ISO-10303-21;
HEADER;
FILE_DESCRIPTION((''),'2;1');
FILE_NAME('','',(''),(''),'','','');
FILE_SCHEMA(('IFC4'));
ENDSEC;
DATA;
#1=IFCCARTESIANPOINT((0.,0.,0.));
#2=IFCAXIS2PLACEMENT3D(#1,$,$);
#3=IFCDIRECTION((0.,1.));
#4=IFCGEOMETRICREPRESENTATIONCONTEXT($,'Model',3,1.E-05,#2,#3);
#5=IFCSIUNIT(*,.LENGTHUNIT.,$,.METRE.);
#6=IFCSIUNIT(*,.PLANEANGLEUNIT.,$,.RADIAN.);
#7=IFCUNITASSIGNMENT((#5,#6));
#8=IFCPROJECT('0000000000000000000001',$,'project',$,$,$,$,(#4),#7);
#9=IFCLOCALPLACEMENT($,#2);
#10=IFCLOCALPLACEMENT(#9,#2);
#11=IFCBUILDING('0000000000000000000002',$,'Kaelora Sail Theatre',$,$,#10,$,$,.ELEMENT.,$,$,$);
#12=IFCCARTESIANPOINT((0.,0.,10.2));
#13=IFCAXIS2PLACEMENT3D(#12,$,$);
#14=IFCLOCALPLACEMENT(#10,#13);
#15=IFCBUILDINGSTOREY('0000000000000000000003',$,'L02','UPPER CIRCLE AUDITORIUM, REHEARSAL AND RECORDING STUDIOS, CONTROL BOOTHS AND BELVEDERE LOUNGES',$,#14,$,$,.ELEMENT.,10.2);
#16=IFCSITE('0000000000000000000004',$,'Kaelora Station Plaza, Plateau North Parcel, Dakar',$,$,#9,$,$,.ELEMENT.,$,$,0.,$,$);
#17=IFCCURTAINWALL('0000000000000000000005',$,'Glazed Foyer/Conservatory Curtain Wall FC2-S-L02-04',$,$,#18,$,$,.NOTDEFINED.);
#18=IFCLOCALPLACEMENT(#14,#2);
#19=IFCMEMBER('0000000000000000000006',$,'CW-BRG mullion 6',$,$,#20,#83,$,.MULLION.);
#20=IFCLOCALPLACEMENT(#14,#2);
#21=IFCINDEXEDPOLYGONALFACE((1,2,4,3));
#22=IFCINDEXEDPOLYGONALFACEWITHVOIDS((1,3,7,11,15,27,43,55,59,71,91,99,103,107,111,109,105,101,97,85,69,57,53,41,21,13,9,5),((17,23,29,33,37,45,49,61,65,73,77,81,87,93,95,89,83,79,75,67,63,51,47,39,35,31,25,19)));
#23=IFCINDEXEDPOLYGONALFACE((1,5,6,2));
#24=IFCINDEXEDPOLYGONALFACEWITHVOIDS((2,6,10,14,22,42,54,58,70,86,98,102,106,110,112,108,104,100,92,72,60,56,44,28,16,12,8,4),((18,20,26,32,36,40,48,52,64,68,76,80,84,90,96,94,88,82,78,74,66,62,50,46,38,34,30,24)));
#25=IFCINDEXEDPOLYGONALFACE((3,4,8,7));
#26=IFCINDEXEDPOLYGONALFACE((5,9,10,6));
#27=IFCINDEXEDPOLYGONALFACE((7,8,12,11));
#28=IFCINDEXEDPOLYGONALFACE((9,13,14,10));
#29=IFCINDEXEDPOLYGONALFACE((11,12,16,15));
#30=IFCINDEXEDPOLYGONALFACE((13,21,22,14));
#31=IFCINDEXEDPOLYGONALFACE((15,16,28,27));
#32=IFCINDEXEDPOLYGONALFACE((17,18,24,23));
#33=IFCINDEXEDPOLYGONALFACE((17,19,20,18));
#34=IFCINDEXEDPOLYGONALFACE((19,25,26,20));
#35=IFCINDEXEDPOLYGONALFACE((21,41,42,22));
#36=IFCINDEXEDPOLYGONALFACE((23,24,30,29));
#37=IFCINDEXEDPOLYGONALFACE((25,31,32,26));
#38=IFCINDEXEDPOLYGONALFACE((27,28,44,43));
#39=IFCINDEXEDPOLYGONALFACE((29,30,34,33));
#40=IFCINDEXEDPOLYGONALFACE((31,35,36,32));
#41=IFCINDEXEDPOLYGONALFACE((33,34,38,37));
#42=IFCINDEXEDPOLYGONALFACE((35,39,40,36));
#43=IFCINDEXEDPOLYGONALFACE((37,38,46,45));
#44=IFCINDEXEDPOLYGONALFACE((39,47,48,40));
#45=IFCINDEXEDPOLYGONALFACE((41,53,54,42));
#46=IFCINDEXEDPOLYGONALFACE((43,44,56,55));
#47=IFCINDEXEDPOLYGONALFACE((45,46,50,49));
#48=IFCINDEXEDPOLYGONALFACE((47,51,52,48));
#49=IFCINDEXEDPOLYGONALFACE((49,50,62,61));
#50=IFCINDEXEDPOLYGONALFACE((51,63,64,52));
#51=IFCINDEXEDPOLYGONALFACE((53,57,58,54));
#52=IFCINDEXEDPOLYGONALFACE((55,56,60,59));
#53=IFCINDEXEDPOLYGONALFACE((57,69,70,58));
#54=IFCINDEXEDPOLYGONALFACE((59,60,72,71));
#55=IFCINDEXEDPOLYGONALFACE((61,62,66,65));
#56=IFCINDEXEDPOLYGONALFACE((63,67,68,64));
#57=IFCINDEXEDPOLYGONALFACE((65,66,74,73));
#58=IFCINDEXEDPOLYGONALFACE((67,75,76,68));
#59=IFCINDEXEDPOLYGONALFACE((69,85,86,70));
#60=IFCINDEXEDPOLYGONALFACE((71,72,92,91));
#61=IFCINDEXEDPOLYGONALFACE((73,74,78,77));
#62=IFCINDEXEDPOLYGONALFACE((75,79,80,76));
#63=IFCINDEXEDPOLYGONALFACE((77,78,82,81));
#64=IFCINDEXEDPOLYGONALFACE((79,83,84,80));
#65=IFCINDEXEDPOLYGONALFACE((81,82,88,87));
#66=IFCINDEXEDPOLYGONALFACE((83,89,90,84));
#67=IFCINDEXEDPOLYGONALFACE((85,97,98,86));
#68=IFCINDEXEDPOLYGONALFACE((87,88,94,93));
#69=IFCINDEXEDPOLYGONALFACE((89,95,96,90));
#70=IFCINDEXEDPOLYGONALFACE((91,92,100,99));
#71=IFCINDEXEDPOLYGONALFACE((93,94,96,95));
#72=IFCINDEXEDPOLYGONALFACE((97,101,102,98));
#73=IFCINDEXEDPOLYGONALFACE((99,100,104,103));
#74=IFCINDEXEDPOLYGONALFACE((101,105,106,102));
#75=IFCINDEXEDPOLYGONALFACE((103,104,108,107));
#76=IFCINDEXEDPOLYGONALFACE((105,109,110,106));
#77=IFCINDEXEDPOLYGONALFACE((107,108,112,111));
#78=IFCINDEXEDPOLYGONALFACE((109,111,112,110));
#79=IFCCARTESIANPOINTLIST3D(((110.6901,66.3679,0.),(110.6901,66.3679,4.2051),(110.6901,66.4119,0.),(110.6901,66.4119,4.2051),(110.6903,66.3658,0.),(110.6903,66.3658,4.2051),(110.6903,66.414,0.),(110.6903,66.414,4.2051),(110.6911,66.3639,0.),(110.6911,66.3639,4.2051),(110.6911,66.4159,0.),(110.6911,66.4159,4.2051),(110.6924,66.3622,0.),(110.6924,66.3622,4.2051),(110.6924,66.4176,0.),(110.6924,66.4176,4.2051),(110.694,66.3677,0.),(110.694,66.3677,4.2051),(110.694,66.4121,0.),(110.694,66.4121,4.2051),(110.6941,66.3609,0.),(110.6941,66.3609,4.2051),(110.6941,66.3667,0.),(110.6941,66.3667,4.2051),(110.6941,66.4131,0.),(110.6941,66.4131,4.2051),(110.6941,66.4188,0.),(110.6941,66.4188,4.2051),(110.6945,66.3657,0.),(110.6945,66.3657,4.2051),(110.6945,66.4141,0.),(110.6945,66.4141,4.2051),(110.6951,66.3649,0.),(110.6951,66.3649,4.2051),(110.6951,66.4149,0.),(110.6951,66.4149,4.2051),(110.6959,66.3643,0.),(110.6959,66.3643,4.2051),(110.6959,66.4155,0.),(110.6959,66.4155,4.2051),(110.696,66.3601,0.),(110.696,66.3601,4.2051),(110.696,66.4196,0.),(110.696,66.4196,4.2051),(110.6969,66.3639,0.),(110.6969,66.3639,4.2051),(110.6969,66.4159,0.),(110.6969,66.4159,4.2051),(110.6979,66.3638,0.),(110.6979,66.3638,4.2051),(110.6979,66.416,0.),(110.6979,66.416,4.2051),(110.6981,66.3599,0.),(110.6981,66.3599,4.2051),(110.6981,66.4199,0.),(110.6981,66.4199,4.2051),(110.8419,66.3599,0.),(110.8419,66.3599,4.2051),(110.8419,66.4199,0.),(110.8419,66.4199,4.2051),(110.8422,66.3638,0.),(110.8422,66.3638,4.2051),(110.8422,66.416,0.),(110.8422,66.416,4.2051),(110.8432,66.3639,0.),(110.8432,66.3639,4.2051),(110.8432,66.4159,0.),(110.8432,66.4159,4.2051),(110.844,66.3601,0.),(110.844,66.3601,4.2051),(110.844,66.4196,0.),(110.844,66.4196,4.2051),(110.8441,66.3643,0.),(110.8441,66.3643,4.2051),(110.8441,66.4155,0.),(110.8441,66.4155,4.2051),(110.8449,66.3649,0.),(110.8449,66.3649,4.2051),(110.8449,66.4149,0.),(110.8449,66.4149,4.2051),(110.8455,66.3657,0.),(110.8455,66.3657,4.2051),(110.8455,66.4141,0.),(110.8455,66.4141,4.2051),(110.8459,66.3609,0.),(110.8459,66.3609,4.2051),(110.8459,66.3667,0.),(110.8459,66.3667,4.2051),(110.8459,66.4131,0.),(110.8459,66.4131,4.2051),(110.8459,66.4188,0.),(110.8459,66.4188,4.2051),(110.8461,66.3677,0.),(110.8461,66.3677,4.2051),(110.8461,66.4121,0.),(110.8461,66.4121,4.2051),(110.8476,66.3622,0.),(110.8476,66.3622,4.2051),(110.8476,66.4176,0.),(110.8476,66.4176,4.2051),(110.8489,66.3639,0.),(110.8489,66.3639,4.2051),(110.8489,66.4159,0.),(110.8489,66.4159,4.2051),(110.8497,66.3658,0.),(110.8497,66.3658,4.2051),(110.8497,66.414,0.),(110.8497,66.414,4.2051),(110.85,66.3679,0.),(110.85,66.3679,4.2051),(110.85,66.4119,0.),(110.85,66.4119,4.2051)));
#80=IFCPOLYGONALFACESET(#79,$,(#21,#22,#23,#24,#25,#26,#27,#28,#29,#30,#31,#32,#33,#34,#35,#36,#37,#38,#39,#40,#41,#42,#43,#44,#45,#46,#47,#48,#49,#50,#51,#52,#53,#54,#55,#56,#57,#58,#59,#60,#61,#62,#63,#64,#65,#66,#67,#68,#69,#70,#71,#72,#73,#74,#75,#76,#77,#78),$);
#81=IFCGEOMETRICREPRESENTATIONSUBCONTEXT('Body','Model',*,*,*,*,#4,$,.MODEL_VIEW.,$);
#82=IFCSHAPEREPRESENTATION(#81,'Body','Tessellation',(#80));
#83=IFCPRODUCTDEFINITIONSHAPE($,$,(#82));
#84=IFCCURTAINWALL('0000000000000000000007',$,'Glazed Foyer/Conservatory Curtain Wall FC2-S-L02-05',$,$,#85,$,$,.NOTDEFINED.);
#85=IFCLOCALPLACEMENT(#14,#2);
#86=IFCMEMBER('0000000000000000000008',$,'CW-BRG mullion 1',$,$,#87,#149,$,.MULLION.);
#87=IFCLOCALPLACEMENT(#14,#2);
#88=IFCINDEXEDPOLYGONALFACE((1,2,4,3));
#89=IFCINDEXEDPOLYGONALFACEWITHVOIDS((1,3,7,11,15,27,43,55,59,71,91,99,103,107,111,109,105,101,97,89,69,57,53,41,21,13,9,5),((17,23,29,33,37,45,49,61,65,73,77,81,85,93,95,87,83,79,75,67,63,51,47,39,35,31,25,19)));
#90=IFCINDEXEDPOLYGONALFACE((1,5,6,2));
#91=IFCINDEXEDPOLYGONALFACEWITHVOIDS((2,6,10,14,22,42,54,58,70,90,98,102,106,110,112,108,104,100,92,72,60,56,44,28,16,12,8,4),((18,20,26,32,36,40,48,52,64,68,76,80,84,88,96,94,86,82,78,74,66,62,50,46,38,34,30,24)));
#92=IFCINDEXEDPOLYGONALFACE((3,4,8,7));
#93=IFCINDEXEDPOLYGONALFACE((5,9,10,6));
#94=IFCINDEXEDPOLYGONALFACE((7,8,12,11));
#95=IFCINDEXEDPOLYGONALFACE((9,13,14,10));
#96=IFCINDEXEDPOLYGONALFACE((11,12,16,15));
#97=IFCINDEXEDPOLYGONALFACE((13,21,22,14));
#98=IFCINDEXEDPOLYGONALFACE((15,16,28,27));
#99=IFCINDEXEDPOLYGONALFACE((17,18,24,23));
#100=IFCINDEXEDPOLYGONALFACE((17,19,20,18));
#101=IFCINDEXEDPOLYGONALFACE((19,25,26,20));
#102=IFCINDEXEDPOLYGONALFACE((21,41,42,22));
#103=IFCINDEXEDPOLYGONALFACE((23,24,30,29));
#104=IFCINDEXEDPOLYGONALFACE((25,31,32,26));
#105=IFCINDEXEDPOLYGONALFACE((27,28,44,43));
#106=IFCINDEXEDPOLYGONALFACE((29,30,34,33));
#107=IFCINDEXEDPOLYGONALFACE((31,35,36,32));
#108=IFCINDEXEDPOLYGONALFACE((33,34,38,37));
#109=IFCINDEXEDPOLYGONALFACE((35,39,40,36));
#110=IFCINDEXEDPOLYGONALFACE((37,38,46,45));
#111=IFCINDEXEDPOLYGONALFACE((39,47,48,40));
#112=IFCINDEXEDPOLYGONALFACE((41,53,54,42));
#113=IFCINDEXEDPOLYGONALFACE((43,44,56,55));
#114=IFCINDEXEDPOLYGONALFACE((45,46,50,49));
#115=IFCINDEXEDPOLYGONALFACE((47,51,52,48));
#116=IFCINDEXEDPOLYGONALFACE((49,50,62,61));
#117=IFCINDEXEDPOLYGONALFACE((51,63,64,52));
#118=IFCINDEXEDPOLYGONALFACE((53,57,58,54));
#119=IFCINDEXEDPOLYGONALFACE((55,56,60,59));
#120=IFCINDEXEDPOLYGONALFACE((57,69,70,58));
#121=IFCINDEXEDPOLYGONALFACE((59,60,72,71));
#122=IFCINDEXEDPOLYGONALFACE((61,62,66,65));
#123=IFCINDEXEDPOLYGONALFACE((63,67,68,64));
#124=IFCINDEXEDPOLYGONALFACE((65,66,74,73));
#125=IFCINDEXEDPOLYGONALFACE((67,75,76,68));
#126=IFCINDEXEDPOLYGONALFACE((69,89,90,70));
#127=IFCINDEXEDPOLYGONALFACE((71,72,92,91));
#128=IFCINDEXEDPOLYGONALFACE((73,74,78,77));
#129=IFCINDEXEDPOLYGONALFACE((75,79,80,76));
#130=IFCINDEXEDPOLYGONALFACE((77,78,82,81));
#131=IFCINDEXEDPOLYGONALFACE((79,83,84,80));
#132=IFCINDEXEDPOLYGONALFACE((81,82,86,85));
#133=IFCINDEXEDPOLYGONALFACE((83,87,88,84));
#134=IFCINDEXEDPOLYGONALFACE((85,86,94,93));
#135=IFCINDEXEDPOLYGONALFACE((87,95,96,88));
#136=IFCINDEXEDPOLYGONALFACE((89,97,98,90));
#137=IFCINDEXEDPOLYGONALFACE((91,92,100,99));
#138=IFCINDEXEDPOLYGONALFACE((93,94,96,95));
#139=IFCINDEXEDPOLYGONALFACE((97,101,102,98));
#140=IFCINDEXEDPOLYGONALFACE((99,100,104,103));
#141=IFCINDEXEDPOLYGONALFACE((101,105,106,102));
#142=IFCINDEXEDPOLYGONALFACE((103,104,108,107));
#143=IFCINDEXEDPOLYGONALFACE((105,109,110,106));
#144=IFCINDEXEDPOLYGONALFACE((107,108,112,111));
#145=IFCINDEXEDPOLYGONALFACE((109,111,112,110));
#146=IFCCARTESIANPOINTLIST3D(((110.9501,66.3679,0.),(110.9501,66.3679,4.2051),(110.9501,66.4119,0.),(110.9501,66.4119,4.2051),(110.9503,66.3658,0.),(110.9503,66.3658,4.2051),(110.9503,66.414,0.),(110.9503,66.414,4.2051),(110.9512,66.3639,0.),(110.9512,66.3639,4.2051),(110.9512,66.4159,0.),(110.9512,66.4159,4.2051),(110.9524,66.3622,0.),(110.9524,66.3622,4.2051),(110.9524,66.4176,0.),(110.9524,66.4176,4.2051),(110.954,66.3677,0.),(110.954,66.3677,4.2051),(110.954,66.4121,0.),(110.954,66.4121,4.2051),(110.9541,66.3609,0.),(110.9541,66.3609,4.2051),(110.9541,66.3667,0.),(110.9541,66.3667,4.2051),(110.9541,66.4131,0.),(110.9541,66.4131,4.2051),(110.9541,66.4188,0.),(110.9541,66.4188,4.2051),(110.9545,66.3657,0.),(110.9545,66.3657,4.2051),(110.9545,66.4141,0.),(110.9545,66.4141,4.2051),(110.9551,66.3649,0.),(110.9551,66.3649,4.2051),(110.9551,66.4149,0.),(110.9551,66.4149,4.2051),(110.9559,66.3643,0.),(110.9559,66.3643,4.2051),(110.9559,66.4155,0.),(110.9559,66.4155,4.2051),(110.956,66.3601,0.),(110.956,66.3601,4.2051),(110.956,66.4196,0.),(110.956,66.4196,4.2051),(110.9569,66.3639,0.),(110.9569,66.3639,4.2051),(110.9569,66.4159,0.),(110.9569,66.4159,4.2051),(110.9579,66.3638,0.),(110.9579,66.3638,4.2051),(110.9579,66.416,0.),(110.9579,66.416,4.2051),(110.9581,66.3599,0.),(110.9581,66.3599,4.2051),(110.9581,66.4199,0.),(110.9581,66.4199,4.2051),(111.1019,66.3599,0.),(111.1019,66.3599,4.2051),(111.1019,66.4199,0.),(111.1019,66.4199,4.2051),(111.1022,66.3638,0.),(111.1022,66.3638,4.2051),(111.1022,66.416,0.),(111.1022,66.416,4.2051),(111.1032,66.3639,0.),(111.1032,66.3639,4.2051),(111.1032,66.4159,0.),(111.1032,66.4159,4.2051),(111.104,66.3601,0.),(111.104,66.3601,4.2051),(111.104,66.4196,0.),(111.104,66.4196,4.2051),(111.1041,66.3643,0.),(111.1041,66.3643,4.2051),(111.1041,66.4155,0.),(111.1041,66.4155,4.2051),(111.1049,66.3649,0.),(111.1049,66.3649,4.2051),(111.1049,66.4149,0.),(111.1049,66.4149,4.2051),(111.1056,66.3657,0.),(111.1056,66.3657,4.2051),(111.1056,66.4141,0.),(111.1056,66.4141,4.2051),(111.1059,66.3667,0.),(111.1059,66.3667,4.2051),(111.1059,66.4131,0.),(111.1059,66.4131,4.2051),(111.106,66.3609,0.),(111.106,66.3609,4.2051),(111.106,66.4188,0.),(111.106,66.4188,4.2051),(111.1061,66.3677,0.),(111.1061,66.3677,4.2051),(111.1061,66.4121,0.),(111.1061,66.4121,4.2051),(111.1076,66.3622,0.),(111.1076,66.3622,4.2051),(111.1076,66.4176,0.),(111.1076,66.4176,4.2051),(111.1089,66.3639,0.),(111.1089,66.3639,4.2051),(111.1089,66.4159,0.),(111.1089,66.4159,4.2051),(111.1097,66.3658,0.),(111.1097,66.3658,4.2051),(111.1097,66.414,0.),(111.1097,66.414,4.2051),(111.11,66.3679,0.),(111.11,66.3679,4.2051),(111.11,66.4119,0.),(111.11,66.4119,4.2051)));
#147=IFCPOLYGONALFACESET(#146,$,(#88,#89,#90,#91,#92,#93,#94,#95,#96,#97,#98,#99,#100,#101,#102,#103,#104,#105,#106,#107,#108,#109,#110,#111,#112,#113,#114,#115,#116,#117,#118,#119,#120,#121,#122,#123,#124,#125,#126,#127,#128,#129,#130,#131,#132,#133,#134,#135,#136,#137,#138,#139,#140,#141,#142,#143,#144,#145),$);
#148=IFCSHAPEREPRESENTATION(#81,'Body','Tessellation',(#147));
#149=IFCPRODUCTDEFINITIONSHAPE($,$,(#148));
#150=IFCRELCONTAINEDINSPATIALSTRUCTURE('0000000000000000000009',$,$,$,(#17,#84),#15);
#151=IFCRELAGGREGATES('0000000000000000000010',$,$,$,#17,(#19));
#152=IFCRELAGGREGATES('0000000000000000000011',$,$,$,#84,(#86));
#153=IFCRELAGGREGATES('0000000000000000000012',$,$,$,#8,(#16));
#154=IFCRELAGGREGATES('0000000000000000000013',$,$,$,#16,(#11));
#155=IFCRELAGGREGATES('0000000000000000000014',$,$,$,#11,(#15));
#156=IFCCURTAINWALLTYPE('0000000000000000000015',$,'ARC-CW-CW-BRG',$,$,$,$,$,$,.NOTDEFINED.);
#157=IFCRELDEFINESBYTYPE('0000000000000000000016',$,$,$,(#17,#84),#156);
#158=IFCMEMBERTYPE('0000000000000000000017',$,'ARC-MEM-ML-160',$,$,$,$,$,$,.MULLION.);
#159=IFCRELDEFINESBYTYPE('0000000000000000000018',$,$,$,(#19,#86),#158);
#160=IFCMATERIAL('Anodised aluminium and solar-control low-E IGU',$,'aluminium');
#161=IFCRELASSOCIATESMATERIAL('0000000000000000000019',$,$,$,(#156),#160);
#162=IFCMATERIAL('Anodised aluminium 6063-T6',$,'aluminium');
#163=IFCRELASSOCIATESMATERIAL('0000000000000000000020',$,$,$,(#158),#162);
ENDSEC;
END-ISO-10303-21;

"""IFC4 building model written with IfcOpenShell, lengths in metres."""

from ifc_helpers import new_model, si_unit, direction, frame, origin, origin_2d, place, context, subcontext, project, spatial, hollow_rectangle, extrude, material, material_profile, profile_set, type_object, element, aggregate, save


model = new_model("IFC4")

# Units and contexts
model_context = context("Model", 3, precision=1e-05, world=origin(), true_north=direction((0.0, 1.0)))
body_context = subcontext(model_context, "Body", "Model", "MODEL_VIEW")
ifc_project = project(units=[si_unit("LENGTHUNIT", "METRE"), si_unit("PLANEANGLEUNIT", "RADIAN")], contexts=[model_context])

# Site, building, storey
site_placement = place(None, origin())
site = spatial("IfcSite", under=ifc_project, at=site_placement, Name="Kaelora Station Plaza, Plateau North Parcel, Dakar", CompositionType="ELEMENT", RefElevation=0.0)
building_placement = place(site_placement, origin())
building = spatial("IfcBuilding", under=site, at=building_placement, Name="Kaelora Sail Theatre", CompositionType="ELEMENT")
storey_placement = place(building_placement, frame((0.0, 0.0, 10.2)))
storey = spatial("IfcBuildingStorey", under=building, at=storey_placement, Name="L02", Description="UPPER CIRCLE AUDITORIUM, REHEARSAL AND RECORDING STUDIOS, CONTROL BOOTHS AND BELVEDERE LOUNGES", CompositionType="ELEMENT", Elevation=10.2)

# Curtain wall, member
ifc_material_1 = material(Name="Anodised aluminium and solar-control low-E IGU", Category="aluminium")
curtain_wall_type = type_object("IfcCurtainWallType", Name="ARC-CW-CW-BRG", PredefinedType="NOTDEFINED", material=ifc_material_1)
curtain_wall_1_placement = place(storey_placement, origin())
curtain_wall_1 = element("IfcCurtainWall", 1, at=curtain_wall_1_placement, inside=storey, type_object=curtain_wall_type, Name="Glazed Foyer/Conservatory Curtain Wall FC2-S-L02-04", PredefinedType="NOTDEFINED")
ifc_material_2 = material(Name="Anodised aluminium 6063-T6", Category="aluminium")
ifc_material_profile_1 = material_profile(ifc_material_2, hollow_rectangle(XDim=0.0601, YDim=0.1599, WallThickness=0.0039, InnerFilletRadius=0.0039, OuterFilletRadius=0.0081, at=origin_2d()), Name="ALU-MULL 60x160x4")
ifc_profile_set_1 = profile_set([ifc_material_profile_1], Name="Anodised aluminium 6063-T6")
member_type_1 = type_object("IfcMemberType", Name="ARC-MEM-ML-160", PredefinedType="MULLION", material=ifc_profile_set_1)
member_1_placement = place(storey_placement, frame((110.77, 66.3899, 0.0), z_axis=(0.0, 0.0, 1.0), x_axis=(0.0, 1.0, 0.0)))
member_1 = element("IfcMember", 2, at=member_1_placement, type_object=member_type_1, Name="CW-BRG mullion 6", PredefinedType="MULLION", context=body_context, shape_type="SweptSolid", body=[
    extrude(hollow_rectangle(XDim=0.0601, YDim=0.1599, WallThickness=0.0039, InnerFilletRadius=0.0039, OuterFilletRadius=0.0081, at=origin_2d()), origin(), (0.0, 0.0, 1.0), 4.2051),
])

# Curtain wall, member
curtain_wall_2_placement = place(storey_placement, origin())
curtain_wall_2 = element("IfcCurtainWall", 3, at=curtain_wall_2_placement, inside=storey, type_object=curtain_wall_type, Name="Glazed Foyer/Conservatory Curtain Wall FC2-S-L02-05", PredefinedType="NOTDEFINED")
member_2_placement = place(storey_placement, frame((111.03, 66.3899, 0.0), z_axis=(0.0, 0.0, 1.0), x_axis=(0.0, 1.0, 0.0)))
member_2 = element("IfcMember", 4, at=member_2_placement, type_object=member_type_1, Name="CW-BRG mullion 1", PredefinedType="MULLION", context=body_context, shape_type="SweptSolid", body=[
    extrude(hollow_rectangle(XDim=0.0601, YDim=0.1599, WallThickness=0.0039, InnerFilletRadius=0.0039, OuterFilletRadius=0.0081, at=origin_2d()), origin(), (0.0, 0.0, 1.0), 4.2051),
])

aggregate(curtain_wall_1, [member_1])
aggregate(curtain_wall_2, [member_2])

save(model, "model.ifc")
